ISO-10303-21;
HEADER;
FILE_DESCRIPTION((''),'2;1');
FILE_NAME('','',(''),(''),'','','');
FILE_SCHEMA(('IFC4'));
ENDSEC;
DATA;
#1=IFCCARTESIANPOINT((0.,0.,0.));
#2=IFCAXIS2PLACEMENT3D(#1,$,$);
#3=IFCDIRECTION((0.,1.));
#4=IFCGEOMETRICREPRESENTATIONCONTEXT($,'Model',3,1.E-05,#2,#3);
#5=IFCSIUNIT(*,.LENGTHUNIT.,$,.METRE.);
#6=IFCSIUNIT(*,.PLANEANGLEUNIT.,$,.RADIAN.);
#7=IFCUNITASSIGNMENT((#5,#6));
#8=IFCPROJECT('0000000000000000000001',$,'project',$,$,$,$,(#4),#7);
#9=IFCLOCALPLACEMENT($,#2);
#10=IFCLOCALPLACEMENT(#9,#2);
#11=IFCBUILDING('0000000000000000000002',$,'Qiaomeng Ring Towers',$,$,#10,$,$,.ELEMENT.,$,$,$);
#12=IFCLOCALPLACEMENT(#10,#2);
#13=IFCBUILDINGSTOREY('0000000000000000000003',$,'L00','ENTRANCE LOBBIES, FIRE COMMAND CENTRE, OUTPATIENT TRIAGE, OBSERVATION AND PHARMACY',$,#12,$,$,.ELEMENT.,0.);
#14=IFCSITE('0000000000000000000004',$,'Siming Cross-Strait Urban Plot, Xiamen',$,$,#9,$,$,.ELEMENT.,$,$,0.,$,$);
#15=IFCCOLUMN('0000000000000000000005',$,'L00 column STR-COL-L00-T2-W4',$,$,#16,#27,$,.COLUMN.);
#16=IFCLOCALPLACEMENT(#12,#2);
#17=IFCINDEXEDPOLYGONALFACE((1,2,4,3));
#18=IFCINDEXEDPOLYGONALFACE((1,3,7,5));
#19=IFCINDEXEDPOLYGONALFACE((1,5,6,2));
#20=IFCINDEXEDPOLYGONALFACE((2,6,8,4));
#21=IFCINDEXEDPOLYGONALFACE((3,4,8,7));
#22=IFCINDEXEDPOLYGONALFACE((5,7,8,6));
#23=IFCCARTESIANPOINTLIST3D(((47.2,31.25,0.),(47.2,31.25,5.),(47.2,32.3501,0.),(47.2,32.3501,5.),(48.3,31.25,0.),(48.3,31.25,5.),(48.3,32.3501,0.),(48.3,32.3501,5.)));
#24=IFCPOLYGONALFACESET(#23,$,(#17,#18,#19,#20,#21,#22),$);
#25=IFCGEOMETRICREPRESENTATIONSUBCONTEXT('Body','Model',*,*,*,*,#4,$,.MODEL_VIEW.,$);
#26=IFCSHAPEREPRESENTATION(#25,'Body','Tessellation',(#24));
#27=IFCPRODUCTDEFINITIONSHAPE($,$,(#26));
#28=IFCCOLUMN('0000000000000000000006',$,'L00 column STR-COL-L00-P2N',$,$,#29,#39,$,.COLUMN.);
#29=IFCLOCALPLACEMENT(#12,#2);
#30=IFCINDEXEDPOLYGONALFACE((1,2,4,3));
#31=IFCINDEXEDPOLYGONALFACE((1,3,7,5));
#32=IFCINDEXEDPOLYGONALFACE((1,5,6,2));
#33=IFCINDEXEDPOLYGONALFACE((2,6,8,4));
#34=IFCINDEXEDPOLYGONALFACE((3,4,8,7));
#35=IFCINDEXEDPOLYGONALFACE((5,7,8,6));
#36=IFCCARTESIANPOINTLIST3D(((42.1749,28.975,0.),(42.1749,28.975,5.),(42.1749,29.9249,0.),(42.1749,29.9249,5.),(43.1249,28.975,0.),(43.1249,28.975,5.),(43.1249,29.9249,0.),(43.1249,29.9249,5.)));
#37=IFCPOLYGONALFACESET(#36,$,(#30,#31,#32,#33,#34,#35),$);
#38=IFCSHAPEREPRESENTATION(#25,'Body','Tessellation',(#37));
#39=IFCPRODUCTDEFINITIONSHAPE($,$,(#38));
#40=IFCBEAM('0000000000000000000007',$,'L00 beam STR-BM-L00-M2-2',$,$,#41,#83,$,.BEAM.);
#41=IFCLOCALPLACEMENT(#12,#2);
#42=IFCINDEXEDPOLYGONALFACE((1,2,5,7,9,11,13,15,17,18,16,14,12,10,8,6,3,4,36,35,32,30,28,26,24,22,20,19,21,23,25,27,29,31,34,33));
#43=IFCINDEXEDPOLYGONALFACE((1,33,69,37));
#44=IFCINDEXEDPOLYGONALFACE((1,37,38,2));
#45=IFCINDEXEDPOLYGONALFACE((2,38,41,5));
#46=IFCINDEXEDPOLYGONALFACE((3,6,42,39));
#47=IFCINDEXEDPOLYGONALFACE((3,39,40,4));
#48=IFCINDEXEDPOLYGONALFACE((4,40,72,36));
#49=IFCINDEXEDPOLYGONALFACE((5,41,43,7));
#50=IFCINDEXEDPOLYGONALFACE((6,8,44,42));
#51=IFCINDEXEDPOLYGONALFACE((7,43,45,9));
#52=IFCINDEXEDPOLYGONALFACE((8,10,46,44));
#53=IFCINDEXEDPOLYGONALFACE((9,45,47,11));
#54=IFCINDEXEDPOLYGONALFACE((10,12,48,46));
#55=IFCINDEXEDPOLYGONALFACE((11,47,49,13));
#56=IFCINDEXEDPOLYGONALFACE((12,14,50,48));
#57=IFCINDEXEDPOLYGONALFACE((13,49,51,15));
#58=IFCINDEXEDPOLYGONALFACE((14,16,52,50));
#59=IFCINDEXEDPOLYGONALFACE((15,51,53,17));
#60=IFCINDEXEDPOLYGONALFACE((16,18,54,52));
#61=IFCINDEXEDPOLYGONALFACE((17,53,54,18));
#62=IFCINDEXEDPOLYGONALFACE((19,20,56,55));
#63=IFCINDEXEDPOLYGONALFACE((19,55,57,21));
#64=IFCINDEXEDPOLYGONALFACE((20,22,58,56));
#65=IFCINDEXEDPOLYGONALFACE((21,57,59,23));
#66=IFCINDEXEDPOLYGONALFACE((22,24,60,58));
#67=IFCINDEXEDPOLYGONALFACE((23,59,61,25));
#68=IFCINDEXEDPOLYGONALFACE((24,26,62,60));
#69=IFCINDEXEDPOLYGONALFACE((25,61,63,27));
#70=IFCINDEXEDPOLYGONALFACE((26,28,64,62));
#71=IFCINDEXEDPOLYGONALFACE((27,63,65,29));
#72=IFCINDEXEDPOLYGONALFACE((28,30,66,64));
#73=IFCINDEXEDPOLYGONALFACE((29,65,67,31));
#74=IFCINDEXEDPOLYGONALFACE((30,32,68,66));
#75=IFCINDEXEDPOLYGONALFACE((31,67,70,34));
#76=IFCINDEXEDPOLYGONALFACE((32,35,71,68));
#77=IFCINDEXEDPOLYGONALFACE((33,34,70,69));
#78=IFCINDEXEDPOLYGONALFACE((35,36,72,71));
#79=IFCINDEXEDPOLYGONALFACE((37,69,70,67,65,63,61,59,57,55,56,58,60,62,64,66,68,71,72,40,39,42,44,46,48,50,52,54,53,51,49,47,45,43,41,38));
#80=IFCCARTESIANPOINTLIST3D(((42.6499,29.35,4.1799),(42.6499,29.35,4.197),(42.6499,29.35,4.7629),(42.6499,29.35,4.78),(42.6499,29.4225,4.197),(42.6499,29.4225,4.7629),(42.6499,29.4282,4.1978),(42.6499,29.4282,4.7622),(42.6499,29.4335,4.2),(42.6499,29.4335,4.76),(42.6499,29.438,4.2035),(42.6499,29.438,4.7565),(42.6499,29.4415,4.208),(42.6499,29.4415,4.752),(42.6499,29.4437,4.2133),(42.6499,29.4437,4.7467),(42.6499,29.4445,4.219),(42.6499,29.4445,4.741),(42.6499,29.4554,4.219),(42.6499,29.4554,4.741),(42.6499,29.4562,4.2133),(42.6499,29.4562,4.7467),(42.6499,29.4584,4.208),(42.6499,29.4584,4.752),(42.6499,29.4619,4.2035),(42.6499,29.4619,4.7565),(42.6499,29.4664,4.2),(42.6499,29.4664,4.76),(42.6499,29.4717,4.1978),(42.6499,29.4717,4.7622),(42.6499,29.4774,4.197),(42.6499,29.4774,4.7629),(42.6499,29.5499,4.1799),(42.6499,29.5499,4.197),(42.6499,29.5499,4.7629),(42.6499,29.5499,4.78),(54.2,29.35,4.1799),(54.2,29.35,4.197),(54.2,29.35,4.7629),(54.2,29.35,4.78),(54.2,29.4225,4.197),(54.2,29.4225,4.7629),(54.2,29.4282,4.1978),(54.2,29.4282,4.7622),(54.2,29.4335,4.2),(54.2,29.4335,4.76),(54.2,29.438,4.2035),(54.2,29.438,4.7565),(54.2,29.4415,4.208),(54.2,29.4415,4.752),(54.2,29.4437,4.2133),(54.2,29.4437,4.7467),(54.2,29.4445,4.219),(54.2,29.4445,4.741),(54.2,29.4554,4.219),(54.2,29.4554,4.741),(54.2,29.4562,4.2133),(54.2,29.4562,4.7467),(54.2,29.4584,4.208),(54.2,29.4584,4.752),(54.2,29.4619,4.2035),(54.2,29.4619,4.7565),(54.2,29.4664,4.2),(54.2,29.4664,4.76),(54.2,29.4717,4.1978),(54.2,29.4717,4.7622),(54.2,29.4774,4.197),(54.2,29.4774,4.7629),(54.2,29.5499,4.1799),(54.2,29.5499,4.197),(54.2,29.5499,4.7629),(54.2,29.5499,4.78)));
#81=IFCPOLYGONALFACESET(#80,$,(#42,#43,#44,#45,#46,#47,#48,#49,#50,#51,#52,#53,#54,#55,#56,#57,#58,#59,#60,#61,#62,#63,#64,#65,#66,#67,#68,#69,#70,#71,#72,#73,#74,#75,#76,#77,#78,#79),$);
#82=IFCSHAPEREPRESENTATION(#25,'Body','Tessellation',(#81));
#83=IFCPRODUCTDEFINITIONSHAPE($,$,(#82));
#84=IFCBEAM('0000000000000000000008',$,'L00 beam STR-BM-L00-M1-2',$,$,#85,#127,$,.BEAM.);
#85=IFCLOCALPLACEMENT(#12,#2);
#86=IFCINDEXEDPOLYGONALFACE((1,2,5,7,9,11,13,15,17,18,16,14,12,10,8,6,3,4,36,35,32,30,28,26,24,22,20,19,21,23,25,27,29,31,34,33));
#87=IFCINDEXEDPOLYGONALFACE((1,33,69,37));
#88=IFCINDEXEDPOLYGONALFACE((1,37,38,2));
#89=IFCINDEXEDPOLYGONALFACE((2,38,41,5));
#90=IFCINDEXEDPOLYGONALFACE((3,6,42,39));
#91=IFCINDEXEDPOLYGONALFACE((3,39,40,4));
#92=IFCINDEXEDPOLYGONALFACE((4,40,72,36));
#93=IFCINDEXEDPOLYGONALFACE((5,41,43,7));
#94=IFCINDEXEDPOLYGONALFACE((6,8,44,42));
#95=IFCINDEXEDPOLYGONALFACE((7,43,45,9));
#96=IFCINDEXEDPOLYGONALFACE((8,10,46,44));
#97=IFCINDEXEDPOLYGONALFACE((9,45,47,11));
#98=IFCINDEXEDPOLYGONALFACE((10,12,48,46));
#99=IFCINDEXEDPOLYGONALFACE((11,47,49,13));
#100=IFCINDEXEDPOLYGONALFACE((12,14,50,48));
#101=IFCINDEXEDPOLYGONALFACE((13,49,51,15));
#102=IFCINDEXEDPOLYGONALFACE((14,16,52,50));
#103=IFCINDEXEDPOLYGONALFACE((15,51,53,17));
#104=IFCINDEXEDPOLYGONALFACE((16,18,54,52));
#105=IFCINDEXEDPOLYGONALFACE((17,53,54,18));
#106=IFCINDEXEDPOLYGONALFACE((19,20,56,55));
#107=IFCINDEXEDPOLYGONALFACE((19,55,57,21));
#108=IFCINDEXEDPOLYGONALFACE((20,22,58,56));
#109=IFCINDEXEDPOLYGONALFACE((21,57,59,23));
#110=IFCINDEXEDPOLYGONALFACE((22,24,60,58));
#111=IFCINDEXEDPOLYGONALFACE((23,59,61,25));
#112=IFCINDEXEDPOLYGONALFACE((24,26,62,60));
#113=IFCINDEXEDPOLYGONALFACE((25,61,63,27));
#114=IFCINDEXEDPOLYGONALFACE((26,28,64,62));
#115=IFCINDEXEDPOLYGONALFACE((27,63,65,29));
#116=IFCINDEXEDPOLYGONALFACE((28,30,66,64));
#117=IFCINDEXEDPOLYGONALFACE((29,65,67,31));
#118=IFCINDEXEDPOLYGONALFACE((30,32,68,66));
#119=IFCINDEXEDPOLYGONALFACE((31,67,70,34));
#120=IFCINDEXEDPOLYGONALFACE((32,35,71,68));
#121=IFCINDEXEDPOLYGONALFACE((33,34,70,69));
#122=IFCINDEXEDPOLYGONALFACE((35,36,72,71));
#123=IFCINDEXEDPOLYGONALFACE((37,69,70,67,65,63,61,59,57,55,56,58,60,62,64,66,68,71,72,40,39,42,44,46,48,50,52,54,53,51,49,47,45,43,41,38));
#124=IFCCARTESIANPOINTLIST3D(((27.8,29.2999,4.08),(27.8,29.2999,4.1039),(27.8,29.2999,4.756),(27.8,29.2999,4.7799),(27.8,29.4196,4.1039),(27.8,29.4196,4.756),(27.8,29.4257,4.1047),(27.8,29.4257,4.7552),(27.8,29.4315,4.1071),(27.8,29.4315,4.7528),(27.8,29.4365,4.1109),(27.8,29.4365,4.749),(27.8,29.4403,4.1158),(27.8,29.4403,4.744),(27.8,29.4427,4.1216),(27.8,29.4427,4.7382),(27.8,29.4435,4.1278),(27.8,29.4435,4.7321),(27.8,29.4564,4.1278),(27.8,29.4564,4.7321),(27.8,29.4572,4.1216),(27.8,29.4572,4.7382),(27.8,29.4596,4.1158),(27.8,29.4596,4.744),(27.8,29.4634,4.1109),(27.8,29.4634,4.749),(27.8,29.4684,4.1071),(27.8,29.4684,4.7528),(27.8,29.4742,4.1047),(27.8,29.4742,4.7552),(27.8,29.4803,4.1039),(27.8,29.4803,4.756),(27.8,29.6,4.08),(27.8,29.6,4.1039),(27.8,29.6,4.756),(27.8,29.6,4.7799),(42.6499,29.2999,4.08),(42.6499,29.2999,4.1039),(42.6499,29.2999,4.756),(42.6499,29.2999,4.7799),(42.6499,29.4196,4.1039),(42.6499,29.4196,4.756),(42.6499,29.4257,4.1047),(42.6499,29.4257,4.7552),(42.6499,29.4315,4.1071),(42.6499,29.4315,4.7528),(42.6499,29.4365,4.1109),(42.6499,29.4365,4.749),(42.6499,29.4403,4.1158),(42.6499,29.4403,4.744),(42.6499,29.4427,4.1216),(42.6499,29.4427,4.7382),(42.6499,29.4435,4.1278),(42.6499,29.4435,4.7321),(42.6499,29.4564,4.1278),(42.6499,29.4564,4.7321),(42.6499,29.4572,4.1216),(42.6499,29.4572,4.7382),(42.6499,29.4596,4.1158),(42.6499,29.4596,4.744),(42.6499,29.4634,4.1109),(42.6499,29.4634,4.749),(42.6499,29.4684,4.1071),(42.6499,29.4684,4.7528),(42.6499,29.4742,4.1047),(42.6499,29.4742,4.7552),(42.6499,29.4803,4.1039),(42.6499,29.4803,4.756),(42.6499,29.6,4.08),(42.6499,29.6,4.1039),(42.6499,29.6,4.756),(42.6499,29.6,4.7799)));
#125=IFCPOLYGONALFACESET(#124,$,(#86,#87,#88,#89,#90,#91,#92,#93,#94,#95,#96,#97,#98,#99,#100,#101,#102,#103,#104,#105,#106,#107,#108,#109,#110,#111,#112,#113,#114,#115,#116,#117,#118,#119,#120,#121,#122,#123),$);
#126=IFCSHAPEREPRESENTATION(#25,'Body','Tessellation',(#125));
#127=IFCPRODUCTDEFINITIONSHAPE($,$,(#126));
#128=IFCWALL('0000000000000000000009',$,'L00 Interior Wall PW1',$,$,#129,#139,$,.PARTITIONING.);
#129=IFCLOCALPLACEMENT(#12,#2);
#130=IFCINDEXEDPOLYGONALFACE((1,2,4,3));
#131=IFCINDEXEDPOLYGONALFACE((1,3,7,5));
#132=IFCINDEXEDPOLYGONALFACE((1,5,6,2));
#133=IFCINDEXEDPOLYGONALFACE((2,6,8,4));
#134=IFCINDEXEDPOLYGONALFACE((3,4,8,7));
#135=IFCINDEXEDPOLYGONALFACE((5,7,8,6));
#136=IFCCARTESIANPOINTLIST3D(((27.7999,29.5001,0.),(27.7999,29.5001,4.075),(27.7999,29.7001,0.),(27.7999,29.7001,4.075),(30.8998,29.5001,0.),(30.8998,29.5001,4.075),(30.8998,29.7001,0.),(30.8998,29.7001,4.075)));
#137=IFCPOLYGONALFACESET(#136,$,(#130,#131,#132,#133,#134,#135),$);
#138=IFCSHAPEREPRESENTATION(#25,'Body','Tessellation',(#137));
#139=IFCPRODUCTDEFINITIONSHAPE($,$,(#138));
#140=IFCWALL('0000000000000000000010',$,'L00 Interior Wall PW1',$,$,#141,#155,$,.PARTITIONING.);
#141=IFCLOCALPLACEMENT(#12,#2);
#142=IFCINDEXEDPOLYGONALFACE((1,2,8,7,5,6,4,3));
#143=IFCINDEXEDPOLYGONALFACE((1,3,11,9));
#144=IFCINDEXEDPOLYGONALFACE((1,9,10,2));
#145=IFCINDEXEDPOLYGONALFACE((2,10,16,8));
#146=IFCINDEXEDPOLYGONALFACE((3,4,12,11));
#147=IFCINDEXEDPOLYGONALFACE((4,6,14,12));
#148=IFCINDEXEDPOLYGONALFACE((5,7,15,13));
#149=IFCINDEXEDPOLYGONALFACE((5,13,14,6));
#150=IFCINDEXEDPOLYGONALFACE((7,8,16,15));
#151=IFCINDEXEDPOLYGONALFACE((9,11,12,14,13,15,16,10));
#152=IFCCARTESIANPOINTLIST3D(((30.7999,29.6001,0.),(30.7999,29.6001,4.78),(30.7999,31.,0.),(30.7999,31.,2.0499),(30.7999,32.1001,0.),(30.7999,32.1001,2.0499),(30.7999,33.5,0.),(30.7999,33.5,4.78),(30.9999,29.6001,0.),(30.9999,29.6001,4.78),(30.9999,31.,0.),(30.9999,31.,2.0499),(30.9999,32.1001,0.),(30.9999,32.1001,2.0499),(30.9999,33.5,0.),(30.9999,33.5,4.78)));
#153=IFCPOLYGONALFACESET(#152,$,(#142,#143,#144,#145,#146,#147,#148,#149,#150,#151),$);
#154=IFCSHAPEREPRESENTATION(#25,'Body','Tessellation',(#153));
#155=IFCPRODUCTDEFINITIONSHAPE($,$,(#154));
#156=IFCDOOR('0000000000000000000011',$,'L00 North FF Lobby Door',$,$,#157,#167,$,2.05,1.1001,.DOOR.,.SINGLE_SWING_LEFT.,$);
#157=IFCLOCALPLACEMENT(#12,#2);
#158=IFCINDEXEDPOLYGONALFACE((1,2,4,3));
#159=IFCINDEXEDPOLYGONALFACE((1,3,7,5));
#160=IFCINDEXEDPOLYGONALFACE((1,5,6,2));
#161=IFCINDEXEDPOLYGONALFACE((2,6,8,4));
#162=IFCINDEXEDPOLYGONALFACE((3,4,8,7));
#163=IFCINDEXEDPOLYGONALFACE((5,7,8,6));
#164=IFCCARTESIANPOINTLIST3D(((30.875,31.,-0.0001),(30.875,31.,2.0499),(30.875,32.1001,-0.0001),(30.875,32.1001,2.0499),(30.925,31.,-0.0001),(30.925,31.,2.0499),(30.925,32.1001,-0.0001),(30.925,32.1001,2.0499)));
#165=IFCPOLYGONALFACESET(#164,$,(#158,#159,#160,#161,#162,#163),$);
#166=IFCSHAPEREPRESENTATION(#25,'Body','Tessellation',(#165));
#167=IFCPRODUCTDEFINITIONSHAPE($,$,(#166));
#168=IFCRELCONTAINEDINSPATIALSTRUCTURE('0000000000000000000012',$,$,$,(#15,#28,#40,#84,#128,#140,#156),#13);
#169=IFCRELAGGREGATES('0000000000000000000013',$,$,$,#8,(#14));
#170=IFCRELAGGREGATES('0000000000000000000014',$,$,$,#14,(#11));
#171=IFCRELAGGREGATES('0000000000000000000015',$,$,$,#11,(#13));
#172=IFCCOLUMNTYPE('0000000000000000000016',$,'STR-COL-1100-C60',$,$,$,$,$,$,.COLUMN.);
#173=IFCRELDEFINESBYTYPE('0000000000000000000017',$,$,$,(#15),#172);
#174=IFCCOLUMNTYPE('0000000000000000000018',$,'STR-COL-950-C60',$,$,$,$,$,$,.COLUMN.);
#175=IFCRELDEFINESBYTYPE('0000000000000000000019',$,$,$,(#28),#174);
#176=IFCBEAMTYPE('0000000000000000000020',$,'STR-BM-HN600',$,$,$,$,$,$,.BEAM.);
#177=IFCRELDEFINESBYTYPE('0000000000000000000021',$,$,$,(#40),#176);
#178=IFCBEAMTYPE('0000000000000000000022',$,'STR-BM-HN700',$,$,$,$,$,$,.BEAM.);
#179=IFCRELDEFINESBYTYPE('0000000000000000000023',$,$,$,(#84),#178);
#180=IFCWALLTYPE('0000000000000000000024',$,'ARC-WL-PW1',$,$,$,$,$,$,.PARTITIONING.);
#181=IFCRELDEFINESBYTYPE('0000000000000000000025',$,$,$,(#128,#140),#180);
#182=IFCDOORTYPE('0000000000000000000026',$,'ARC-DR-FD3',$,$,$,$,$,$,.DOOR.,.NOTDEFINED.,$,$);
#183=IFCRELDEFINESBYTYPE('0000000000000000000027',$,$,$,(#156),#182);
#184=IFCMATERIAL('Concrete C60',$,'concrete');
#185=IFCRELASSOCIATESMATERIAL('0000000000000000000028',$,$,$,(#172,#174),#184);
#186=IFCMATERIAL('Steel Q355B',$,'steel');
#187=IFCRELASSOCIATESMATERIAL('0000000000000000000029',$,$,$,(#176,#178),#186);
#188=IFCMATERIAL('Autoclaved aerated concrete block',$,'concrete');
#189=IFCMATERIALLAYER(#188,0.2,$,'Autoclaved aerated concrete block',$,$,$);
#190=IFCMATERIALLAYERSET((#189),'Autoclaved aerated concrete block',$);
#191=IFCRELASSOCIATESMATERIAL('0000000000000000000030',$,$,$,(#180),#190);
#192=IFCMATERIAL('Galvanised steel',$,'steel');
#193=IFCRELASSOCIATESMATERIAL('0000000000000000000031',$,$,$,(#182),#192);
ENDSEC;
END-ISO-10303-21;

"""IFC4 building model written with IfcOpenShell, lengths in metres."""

from ifc_helpers import new_model, si_unit, direction, frame, frame_2d, origin, origin_2d, place, context, subcontext, project, spatial, rectangle, i_section, extrude, source, transform, mapped, material, layer, layer_set, material_profile, profile_set, type_object, element, fill, save


model = new_model("IFC4")

# Units and contexts
model_context = context("Model", 3, precision=1e-05, world=origin(), true_north=direction((0.0, 1.0)))
body_context = subcontext(model_context, "Body", "Model", "MODEL_VIEW")
ifc_project = project(units=[si_unit("LENGTHUNIT", "METRE"), si_unit("PLANEANGLEUNIT", "RADIAN")], contexts=[model_context])

# Site, building, storey
site_placement = place(None, origin())
site = spatial("IfcSite", under=ifc_project, at=site_placement, Name="Siming Cross-Strait Urban Plot, Xiamen", CompositionType="ELEMENT", RefElevation=0.0)
building_placement = place(site_placement, origin())
building = spatial("IfcBuilding", under=site, at=building_placement, Name="Qiaomeng Ring Towers", CompositionType="ELEMENT")
storey_placement = place(building_placement, origin())
storey = spatial("IfcBuildingStorey", under=building, at=storey_placement, Name="L00", Description="ENTRANCE LOBBIES, FIRE COMMAND CENTRE, OUTPATIENT TRIAGE, OBSERVATION AND PHARMACY", CompositionType="ELEMENT", Elevation=0.0)

# Columns
ifc_material_1 = material(Name="Concrete C60", Category="concrete")
ifc_material_profile_1 = material_profile(ifc_material_1, rectangle(XDim=1.1001, YDim=1.1001, at=origin_2d()), Name="RC COL 1100x1100")
ifc_profile_set_1 = profile_set([ifc_material_profile_1], Name="Concrete C60")
column_type_1 = type_object("IfcColumnType", Name="STR-COL-1100-C60", PredefinedType="COLUMN", material=ifc_profile_set_1)
shared_shape_1 = source(origin(), body_context, "Body", "SweptSolid", [
    extrude(rectangle(XDim=1.1001, YDim=1.1001, at=origin_2d()), origin(), (0.0, 0.0, 1.0), 5.0),
])
column_1_placement = place(storey_placement, frame((47.75, 31.8, 0.0), z_axis=(0.0, 0.0, 1.0), x_axis=(1.0, 0.0, 0.0)))
element("IfcColumn", 1, at=column_1_placement, inside=storey, type_object=column_type_1, Name="L00 column STR-COL-L00-T2-W4", PredefinedType="COLUMN", context=body_context, shape_type="MappedRepresentation", body=[
    mapped(shared_shape_1, transform((0.0, 0.0, 0.0), x_axis=(1.0, 0.0, 0.0), y_axis=(0.0, 1.0, 0.0), z_axis=(0.0, 0.0, 1.0), scale=1.0)),
])
ifc_material_profile_2 = material_profile(ifc_material_1, rectangle(XDim=0.95, YDim=0.95, at=origin_2d()), Name="RC COL 950x950")
ifc_profile_set_2 = profile_set([ifc_material_profile_2], Name="Concrete C60")
column_type_2 = type_object("IfcColumnType", Name="STR-COL-950-C60", PredefinedType="COLUMN", material=ifc_profile_set_2)
shared_shape_2 = source(origin(), body_context, "Body", "SweptSolid", [
    extrude(rectangle(XDim=0.95, YDim=0.95, at=origin_2d()), origin(), (0.0, 0.0, 1.0), 5.0),
])
column_2_placement = place(storey_placement, frame((42.6499, 29.45, 0.0), z_axis=(0.0, 0.0, 1.0), x_axis=(1.0, 0.0, 0.0)))
element("IfcColumn", 2, at=column_2_placement, inside=storey, type_object=column_type_2, Name="L00 column STR-COL-L00-P2N", PredefinedType="COLUMN", context=body_context, shape_type="MappedRepresentation", body=[
    mapped(shared_shape_2, transform((0.0, 0.0, 0.0), x_axis=(1.0, 0.0, 0.0), y_axis=(0.0, 1.0, 0.0), z_axis=(0.0, 0.0, 1.0), scale=1.0)),
])

# Beams
ifc_material_2 = material(Name="Steel Q355B", Category="steel")
ifc_material_profile_3 = material_profile(ifc_material_2, i_section(OverallWidth=0.2, OverallDepth=0.6001, WebThickness=0.011, FlangeThickness=0.0171, FilletRadius=0.022, at=origin_2d()), Name="HN 600x200x11x17")
ifc_profile_set_3 = profile_set([ifc_material_profile_3], Name="Steel Q355B")
beam_type_1 = type_object("IfcBeamType", Name="STR-BM-HN600", PredefinedType="BEAM", material=ifc_profile_set_3)
shared_shape_3 = source(origin(), body_context, "Body", "SweptSolid", [
    extrude(i_section(OverallWidth=0.2, OverallDepth=0.6001, WebThickness=0.011, FlangeThickness=0.0171, FilletRadius=0.022, at=origin_2d()), origin(), (0.0, 0.0, 1.0), 11.55),
])
beam_1_placement = place(storey_placement, frame((42.6499, 29.45, 4.48), z_axis=(1.0, 0.0, 0.0), x_axis=(0.0, 1.0, 0.0)))
element("IfcBeam", 3, at=beam_1_placement, inside=storey, type_object=beam_type_1, Name="L00 beam STR-BM-L00-M2-2", PredefinedType="BEAM", context=body_context, shape_type="MappedRepresentation", body=[
    mapped(shared_shape_3, transform((0.0, 0.0, 0.0), x_axis=(1.0, 0.0, 0.0), y_axis=(0.0, 1.0, 0.0), z_axis=(0.0, 0.0, 1.0), scale=1.0)),
])
ifc_material_profile_4 = material_profile(ifc_material_2, i_section(OverallWidth=0.3, OverallDepth=0.7, WebThickness=0.0129, FlangeThickness=0.0239, FilletRadius=0.0239, at=origin_2d()), Name="HN 700x300x13x24")
ifc_profile_set_4 = profile_set([ifc_material_profile_4], Name="Steel Q355B")
beam_type_2 = type_object("IfcBeamType", Name="STR-BM-HN700", PredefinedType="BEAM", material=ifc_profile_set_4)
shared_shape_4 = source(origin(), body_context, "Body", "SweptSolid", [
    extrude(i_section(OverallWidth=0.3, OverallDepth=0.7, WebThickness=0.0129, FlangeThickness=0.0239, FilletRadius=0.0239, at=origin_2d()), origin(), (0.0, 0.0, 1.0), 14.8499),
])
beam_2_placement = place(storey_placement, frame((27.8, 29.45, 4.4299), z_axis=(1.0, 0.0, 0.0), x_axis=(0.0, 1.0, 0.0)))
element("IfcBeam", 4, at=beam_2_placement, inside=storey, type_object=beam_type_2, Name="L00 beam STR-BM-L00-M1-2", PredefinedType="BEAM", context=body_context, shape_type="MappedRepresentation", body=[
    mapped(shared_shape_4, transform((0.0, 0.0, 0.0), x_axis=(1.0, 0.0, 0.0), y_axis=(0.0, 1.0, 0.0), z_axis=(0.0, 0.0, 1.0), scale=1.0)),
])

# Wall
ifc_material_3 = material(Name="Autoclaved aerated concrete block", Category="concrete")
ifc_layer_1 = layer(ifc_material_3, 0.2, Name="Autoclaved aerated concrete block")
ifc_layer_set_1 = layer_set([ifc_layer_1], Name="Autoclaved aerated concrete block")
wall_type_1 = type_object("IfcWallType", Name="ARC-WL-PW1", PredefinedType="PARTITIONING", material=ifc_layer_set_1)
wall_1_placement = place(storey_placement, frame((27.8, 29.6001, 0.0), z_axis=(0.0, 0.0, 1.0), x_axis=(1.0, 0.0, 0.0)))
element("IfcWall", 5, at=wall_1_placement, inside=storey, type_object=wall_type_1, Name="L00 Interior Wall PW1", PredefinedType="PARTITIONING", context=body_context, shape_type="SweptSolid", body=[
    extrude(rectangle(XDim=3.0999, YDim=0.2, at=frame_2d((1.5498, 0.0))), origin(), (0.0, 0.0, 1.0), 4.075),
])

# Wall, opening, door
wall_2_placement = place(storey_placement, frame((30.8999, 29.6001, 0.0), z_axis=(0.0, 0.0, 1.0), x_axis=(0.0, 1.0, 0.0)))
wall_2 = element("IfcWall", 6, at=wall_2_placement, inside=storey, type_object=wall_type_1, Name="L00 Interior Wall PW1", PredefinedType="PARTITIONING", context=body_context, shape_type="SweptSolid", body=[
    extrude(rectangle(XDim=3.8999, YDim=0.2, at=frame_2d((1.95, 0.0))), origin(), (0.0, 0.0, 1.0), 4.78),
])
opening_1_placement = place(wall_2_placement, frame((1.3999, 0.0, 0.0)))
opening_1 = element("IfcOpeningElement", 7, at=opening_1_placement, cuts=wall_2, PredefinedType="OPENING", context=body_context, shape_type="SweptSolid", body=[
    extrude(rectangle(XDim=1.1001, YDim=2.05, at=frame_2d((0.55, 1.0249))), frame((0.0, 0.1099, 0.0), z_axis=(0.0, -1.0, 0.0), x_axis=(1.0, 0.0, 0.0)), (0.0, 0.0, 1.0), 0.22),
])
ifc_material_4 = material(Name="Galvanised steel", Category="steel")
door_type_1 = type_object("IfcDoorType", Name="ARC-DR-FD3", OperationType="NOTDEFINED", PredefinedType="DOOR", material=ifc_material_4)
shared_shape_5 = source(origin(), body_context, "Body", "SweptSolid", [
    extrude(rectangle(XDim=1.1001, YDim=2.05, at=frame_2d((0.55, 1.0249))), frame((0.0, 0.0249, 0.0), z_axis=(0.0, -1.0, 0.0), x_axis=(1.0, 0.0, 0.0)), (0.0, 0.0, 1.0), 0.05),
])
door_1_placement = place(opening_1_placement, origin())
door_1 = element("IfcDoor", 8, at=door_1_placement, inside=storey, type_object=door_type_1, Name="L00 North FF Lobby Door", OperationType="SINGLE_SWING_LEFT", OverallHeight=2.05, OverallWidth=1.1001, PredefinedType="DOOR", context=body_context, shape_type="MappedRepresentation", body=[
    mapped(shared_shape_5, transform((0.0, 0.0, 0.0), x_axis=(1.0, 0.0, 0.0), y_axis=(0.0, 1.0, 0.0), z_axis=(0.0, 0.0, 1.0), scale=1.0)),
])
fill(opening_1, door_1)

save(model, "model.ifc")
